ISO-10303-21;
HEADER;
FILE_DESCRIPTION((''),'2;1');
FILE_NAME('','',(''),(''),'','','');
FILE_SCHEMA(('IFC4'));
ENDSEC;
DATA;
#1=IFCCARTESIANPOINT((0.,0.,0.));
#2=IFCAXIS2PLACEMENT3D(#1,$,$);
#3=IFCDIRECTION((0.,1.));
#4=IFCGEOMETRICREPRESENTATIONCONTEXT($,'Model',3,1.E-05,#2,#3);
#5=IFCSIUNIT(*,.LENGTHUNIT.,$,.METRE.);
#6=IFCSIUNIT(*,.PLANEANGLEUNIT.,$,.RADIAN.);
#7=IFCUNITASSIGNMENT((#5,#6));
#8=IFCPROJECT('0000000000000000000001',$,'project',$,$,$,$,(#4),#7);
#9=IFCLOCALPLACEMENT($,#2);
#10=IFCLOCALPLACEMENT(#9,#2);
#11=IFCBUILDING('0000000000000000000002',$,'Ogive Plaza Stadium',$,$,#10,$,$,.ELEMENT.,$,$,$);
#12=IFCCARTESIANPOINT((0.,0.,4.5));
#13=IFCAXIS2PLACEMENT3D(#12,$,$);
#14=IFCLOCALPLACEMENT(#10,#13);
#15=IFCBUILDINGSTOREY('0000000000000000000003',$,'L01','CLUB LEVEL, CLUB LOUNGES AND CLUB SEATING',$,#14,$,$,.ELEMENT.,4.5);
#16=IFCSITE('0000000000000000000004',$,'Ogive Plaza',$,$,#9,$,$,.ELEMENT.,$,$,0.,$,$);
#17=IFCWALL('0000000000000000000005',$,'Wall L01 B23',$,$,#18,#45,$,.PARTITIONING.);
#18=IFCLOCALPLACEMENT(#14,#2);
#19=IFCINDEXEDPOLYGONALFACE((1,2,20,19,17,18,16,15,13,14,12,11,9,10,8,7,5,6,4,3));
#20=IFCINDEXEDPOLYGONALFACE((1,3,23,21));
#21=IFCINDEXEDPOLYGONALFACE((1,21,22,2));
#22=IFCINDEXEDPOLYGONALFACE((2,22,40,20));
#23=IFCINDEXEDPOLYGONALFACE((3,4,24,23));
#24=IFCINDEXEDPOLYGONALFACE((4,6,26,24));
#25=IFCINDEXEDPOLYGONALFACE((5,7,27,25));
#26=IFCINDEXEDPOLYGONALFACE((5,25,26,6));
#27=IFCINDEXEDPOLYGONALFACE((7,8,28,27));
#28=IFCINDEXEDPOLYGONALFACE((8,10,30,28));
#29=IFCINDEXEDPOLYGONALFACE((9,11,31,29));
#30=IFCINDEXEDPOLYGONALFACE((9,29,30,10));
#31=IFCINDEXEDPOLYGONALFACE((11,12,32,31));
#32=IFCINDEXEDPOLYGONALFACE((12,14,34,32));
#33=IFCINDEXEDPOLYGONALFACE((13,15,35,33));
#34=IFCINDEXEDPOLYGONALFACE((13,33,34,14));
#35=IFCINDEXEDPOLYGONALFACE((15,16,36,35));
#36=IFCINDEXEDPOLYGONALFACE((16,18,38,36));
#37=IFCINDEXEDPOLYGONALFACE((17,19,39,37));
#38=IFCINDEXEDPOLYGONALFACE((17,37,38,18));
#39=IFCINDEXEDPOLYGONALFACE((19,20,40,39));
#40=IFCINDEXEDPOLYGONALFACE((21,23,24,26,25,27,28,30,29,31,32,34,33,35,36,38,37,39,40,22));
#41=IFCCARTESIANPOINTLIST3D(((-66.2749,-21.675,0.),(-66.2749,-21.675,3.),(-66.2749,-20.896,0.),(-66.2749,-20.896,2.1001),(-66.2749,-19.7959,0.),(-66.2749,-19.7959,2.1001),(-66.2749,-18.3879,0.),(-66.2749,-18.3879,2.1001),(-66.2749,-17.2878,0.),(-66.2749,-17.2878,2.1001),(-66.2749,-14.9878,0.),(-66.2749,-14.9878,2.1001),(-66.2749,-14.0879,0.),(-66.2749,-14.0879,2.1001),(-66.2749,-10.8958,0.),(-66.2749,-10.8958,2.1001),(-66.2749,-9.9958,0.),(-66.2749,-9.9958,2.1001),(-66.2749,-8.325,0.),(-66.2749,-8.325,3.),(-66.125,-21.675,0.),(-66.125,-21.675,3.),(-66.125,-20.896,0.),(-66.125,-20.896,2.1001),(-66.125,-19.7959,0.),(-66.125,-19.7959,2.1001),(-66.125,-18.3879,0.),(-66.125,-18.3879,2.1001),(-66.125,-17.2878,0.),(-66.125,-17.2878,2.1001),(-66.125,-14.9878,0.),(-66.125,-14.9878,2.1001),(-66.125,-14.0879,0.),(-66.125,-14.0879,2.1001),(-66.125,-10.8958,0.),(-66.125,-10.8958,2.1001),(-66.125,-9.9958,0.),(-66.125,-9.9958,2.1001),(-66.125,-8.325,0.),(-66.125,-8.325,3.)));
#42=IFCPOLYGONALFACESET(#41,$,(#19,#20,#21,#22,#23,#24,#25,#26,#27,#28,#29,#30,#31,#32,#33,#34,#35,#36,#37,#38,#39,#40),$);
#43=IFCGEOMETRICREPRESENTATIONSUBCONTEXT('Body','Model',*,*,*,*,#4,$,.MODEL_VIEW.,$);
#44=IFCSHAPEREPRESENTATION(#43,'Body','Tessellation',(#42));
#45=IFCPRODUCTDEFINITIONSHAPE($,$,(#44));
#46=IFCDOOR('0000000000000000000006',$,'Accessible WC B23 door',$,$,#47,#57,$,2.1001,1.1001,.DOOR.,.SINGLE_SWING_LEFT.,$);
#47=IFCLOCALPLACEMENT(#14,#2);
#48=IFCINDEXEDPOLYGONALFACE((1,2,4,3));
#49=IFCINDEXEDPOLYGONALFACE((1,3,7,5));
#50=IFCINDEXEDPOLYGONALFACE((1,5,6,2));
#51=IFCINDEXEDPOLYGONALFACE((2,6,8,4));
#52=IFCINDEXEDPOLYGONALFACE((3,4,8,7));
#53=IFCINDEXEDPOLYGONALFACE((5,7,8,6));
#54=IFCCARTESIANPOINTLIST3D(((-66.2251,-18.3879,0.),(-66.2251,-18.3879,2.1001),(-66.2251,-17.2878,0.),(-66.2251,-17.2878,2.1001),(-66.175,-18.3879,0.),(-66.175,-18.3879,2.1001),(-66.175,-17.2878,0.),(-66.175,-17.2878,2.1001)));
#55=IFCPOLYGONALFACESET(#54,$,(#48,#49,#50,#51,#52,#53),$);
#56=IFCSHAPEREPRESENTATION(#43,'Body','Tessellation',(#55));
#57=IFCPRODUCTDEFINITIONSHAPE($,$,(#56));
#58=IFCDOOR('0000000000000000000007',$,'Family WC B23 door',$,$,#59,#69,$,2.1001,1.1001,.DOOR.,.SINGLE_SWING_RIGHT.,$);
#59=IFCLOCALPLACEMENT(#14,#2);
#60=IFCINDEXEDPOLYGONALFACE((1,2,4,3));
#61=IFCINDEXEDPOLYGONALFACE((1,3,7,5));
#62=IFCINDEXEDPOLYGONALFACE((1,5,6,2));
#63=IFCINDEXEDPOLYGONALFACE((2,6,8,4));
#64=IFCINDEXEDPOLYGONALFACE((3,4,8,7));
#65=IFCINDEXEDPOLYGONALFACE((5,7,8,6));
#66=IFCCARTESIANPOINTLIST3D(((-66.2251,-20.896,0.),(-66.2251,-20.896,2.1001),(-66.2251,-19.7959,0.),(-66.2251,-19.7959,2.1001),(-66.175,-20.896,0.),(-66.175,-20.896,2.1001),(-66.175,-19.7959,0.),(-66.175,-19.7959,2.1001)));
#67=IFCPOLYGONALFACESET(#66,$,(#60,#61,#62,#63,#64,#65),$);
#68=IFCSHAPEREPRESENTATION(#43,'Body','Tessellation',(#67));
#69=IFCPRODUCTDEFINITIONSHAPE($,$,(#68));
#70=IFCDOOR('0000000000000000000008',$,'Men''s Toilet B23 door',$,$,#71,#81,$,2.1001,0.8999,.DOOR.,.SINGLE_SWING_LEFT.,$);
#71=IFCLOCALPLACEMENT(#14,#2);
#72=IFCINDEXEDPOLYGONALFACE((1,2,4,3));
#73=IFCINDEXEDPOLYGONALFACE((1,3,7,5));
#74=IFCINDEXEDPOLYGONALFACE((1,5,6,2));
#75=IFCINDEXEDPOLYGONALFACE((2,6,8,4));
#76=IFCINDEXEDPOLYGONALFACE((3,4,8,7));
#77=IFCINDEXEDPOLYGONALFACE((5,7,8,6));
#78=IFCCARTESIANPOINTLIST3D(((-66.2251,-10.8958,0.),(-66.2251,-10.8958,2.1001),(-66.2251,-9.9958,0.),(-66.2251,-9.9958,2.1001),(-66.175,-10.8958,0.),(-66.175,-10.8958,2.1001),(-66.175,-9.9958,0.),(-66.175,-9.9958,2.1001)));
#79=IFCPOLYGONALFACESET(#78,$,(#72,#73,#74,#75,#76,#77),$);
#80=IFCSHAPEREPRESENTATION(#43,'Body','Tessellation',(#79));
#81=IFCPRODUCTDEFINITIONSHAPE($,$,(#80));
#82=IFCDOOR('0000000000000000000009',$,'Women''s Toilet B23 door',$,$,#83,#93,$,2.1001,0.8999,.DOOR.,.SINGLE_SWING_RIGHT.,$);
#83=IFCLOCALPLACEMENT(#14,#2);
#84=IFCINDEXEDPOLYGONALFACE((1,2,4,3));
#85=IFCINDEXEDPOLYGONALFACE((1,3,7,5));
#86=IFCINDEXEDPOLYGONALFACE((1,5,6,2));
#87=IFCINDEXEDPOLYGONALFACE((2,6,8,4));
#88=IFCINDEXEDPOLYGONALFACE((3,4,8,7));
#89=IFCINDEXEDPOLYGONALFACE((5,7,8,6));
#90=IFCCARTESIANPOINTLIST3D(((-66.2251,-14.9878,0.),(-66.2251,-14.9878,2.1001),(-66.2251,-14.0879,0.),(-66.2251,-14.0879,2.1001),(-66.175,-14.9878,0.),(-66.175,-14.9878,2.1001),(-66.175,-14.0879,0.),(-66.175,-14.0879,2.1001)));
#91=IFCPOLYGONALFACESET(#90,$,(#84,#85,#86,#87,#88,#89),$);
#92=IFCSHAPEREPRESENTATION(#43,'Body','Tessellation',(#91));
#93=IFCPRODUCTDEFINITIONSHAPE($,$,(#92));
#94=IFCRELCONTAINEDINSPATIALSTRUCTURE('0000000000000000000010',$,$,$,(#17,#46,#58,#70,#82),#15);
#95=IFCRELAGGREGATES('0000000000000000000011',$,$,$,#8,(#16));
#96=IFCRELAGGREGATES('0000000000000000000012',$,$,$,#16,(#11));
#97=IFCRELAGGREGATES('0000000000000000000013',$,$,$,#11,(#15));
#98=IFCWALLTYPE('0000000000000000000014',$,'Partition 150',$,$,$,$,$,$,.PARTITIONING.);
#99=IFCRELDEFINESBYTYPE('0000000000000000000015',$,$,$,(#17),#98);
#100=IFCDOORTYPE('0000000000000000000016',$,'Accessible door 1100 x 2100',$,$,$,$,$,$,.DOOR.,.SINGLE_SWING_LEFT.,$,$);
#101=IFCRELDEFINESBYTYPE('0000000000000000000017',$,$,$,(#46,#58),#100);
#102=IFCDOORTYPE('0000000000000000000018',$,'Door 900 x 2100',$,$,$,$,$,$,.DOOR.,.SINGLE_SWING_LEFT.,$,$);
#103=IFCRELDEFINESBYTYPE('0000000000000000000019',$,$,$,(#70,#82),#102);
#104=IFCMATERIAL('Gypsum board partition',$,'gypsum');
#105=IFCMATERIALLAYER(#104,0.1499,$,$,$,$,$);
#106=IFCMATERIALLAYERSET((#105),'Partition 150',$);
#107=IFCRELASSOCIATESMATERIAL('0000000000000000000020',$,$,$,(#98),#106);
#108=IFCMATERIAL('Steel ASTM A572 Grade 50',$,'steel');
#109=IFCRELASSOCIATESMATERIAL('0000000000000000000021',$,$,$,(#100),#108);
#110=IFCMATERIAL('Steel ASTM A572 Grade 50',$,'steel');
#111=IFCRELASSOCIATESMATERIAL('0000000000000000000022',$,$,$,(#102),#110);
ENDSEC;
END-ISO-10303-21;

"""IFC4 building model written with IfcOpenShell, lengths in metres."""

from ifc_helpers import new_model, si_unit, direction, frame, frame_2d, origin, place, context, subcontext, project, spatial, rectangle, extrude, material, layer, layer_set, type_object, element, fill, save


model = new_model("IFC4")

# Units and contexts
model_context = context("Model", 3, precision=1e-05, world=origin(), true_north=direction((0.0, 1.0)))
body_context = subcontext(model_context, "Body", "Model", "MODEL_VIEW")
ifc_project = project(units=[si_unit("LENGTHUNIT", "METRE"), si_unit("PLANEANGLEUNIT", "RADIAN")], contexts=[model_context])

# Site, building, storey
site_placement = place(None, origin())
site = spatial("IfcSite", under=ifc_project, at=site_placement, Name="Ogive Plaza", CompositionType="ELEMENT", RefElevation=0.0)
building_placement = place(site_placement, origin())
building = spatial("IfcBuilding", under=site, at=building_placement, Name="Ogive Plaza Stadium", CompositionType="ELEMENT")
storey_placement = place(building_placement, frame((0.0, 0.0, 4.5)))
storey = spatial("IfcBuildingStorey", under=building, at=storey_placement, Name="L01", Description="CLUB LEVEL, CLUB LOUNGES AND CLUB SEATING", CompositionType="ELEMENT", Elevation=4.5)

# Wall, openings, doors
ifc_material_1 = material(Name="Gypsum board partition", Category="gypsum")
ifc_layer_1 = layer(ifc_material_1, 0.1499)
ifc_layer_set_1 = layer_set([ifc_layer_1], Name="Partition 150")
wall_type_1 = type_object("IfcWallType", Name="Partition 150", PredefinedType="PARTITIONING", material=ifc_layer_set_1)
wall_1_placement = place(storey_placement, frame((-66.2, -8.325, 0.0), z_axis=(0.0, 0.0, 1.0), x_axis=(0.0, -1.0, 0.0)))
wall_1 = element("IfcWall", 1, at=wall_1_placement, inside=storey, type_object=wall_type_1, Name="Wall L01 B23", PredefinedType="PARTITIONING", context=body_context, shape_type="SweptSolid", body=[
    extrude(rectangle(XDim=13.3501, YDim=0.1499, at=frame_2d((6.675, 0.0))), origin(), (0.0, 0.0, 1.0), 3.0),
])
opening_1_placement = place(wall_1_placement, frame((1.6709, 0.0, 0.0)))
opening_1 = element("IfcOpeningElement", 2, at=opening_1_placement, cuts=wall_1, PredefinedType="OPENING", context=body_context, shape_type="SweptSolid", body=[
    extrude(rectangle(XDim=0.8999, YDim=2.1001, at=frame_2d((0.45, 1.05))), frame((0.0, 0.075, 0.0), z_axis=(0.0, -1.0, 0.0), x_axis=(1.0, 0.0, 0.0)), (0.0, 0.0, 1.0), 0.1499),
])
opening_2_placement = place(wall_1_placement, frame((5.7629, 0.0, 0.0)))
opening_2 = element("IfcOpeningElement", 3, at=opening_2_placement, cuts=wall_1, PredefinedType="OPENING", context=body_context, shape_type="SweptSolid", body=[
    extrude(rectangle(XDim=0.8999, YDim=2.1001, at=frame_2d((0.45, 1.05))), frame((0.0, 0.075, 0.0), z_axis=(0.0, -1.0, 0.0), x_axis=(1.0, 0.0, 0.0)), (0.0, 0.0, 1.0), 0.1499),
])
opening_3_placement = place(wall_1_placement, frame((8.9629, 0.0, 0.0)))
opening_3 = element("IfcOpeningElement", 4, at=opening_3_placement, cuts=wall_1, PredefinedType="OPENING", context=body_context, shape_type="SweptSolid", body=[
    extrude(rectangle(XDim=1.1001, YDim=2.1001, at=frame_2d((0.55, 1.05))), frame((0.0, 0.075, 0.0), z_axis=(0.0, -1.0, 0.0), x_axis=(1.0, 0.0, 0.0)), (0.0, 0.0, 1.0), 0.1499),
])
opening_4_placement = place(wall_1_placement, frame((11.4709, 0.0, 0.0)))
opening_4 = element("IfcOpeningElement", 5, at=opening_4_placement, cuts=wall_1, PredefinedType="OPENING", context=body_context, shape_type="SweptSolid", body=[
    extrude(rectangle(XDim=1.1001, YDim=2.1001, at=frame_2d((0.55, 1.05))), frame((0.0, 0.075, 0.0), z_axis=(0.0, -1.0, 0.0), x_axis=(1.0, 0.0, 0.0)), (0.0, 0.0, 1.0), 0.1499),
])
ifc_material_2 = material(Name="Steel ASTM A572 Grade 50", Category="steel")
door_type_1 = type_object("IfcDoorType", Name="Accessible door 1100 x 2100", OperationType="SINGLE_SWING_LEFT", PredefinedType="DOOR", material=ifc_material_2)
door_1_placement = place(opening_3_placement, origin())
door_1 = element("IfcDoor", 6, at=door_1_placement, inside=storey, type_object=door_type_1, Name="Accessible WC B23 door", OperationType="SINGLE_SWING_LEFT", OverallHeight=2.1001, OverallWidth=1.1001, PredefinedType="DOOR", context=body_context, shape_type="SweptSolid", body=[
    extrude(rectangle(XDim=1.1001, YDim=2.1001, at=frame_2d((0.55, 1.05))), frame((0.0, 0.0249, 0.0), z_axis=(0.0, -1.0, 0.0), x_axis=(1.0, 0.0, 0.0)), (0.0, 0.0, 1.0), 0.05),
])
fill(opening_3, door_1)
door_2_placement = place(opening_4_placement, origin())
door_2 = element("IfcDoor", 7, at=door_2_placement, inside=storey, type_object=door_type_1, Name="Family WC B23 door", OperationType="SINGLE_SWING_RIGHT", OverallHeight=2.1001, OverallWidth=1.1001, PredefinedType="DOOR", context=body_context, shape_type="SweptSolid", body=[
    extrude(rectangle(XDim=1.1001, YDim=2.1001, at=frame_2d((0.55, 1.05))), frame((0.0, 0.0249, 0.0), z_axis=(0.0, -1.0, 0.0), x_axis=(1.0, 0.0, 0.0)), (0.0, 0.0, 1.0), 0.05),
])
fill(opening_4, door_2)
ifc_material_3 = material(Name="Steel ASTM A572 Grade 50", Category="steel")
door_type_2 = type_object("IfcDoorType", Name="Door 900 x 2100", OperationType="SINGLE_SWING_LEFT", PredefinedType="DOOR", material=ifc_material_3)
door_3_placement = place(opening_1_placement, origin())
door_3 = element("IfcDoor", 8, at=door_3_placement, inside=storey, type_object=door_type_2, Name="Men's Toilet B23 door", OperationType="SINGLE_SWING_LEFT", OverallHeight=2.1001, OverallWidth=0.8999, PredefinedType="DOOR", context=body_context, shape_type="SweptSolid", body=[
    extrude(rectangle(XDim=0.8999, YDim=2.1001, at=frame_2d((0.45, 1.05))), frame((0.0, 0.0249, 0.0), z_axis=(0.0, -1.0, 0.0), x_axis=(1.0, 0.0, 0.0)), (0.0, 0.0, 1.0), 0.05),
])
fill(opening_1, door_3)
door_4_placement = place(opening_2_placement, origin())
door_4 = element("IfcDoor", 9, at=door_4_placement, inside=storey, type_object=door_type_2, Name="Women's Toilet B23 door", OperationType="SINGLE_SWING_RIGHT", OverallHeight=2.1001, OverallWidth=0.8999, PredefinedType="DOOR", context=body_context, shape_type="SweptSolid", body=[
    extrude(rectangle(XDim=0.8999, YDim=2.1001, at=frame_2d((0.45, 1.05))), frame((0.0, 0.0249, 0.0), z_axis=(0.0, -1.0, 0.0), x_axis=(1.0, 0.0, 0.0)), (0.0, 0.0, 1.0), 0.05),
])
fill(opening_2, door_4)

save(model, "model.ifc")
